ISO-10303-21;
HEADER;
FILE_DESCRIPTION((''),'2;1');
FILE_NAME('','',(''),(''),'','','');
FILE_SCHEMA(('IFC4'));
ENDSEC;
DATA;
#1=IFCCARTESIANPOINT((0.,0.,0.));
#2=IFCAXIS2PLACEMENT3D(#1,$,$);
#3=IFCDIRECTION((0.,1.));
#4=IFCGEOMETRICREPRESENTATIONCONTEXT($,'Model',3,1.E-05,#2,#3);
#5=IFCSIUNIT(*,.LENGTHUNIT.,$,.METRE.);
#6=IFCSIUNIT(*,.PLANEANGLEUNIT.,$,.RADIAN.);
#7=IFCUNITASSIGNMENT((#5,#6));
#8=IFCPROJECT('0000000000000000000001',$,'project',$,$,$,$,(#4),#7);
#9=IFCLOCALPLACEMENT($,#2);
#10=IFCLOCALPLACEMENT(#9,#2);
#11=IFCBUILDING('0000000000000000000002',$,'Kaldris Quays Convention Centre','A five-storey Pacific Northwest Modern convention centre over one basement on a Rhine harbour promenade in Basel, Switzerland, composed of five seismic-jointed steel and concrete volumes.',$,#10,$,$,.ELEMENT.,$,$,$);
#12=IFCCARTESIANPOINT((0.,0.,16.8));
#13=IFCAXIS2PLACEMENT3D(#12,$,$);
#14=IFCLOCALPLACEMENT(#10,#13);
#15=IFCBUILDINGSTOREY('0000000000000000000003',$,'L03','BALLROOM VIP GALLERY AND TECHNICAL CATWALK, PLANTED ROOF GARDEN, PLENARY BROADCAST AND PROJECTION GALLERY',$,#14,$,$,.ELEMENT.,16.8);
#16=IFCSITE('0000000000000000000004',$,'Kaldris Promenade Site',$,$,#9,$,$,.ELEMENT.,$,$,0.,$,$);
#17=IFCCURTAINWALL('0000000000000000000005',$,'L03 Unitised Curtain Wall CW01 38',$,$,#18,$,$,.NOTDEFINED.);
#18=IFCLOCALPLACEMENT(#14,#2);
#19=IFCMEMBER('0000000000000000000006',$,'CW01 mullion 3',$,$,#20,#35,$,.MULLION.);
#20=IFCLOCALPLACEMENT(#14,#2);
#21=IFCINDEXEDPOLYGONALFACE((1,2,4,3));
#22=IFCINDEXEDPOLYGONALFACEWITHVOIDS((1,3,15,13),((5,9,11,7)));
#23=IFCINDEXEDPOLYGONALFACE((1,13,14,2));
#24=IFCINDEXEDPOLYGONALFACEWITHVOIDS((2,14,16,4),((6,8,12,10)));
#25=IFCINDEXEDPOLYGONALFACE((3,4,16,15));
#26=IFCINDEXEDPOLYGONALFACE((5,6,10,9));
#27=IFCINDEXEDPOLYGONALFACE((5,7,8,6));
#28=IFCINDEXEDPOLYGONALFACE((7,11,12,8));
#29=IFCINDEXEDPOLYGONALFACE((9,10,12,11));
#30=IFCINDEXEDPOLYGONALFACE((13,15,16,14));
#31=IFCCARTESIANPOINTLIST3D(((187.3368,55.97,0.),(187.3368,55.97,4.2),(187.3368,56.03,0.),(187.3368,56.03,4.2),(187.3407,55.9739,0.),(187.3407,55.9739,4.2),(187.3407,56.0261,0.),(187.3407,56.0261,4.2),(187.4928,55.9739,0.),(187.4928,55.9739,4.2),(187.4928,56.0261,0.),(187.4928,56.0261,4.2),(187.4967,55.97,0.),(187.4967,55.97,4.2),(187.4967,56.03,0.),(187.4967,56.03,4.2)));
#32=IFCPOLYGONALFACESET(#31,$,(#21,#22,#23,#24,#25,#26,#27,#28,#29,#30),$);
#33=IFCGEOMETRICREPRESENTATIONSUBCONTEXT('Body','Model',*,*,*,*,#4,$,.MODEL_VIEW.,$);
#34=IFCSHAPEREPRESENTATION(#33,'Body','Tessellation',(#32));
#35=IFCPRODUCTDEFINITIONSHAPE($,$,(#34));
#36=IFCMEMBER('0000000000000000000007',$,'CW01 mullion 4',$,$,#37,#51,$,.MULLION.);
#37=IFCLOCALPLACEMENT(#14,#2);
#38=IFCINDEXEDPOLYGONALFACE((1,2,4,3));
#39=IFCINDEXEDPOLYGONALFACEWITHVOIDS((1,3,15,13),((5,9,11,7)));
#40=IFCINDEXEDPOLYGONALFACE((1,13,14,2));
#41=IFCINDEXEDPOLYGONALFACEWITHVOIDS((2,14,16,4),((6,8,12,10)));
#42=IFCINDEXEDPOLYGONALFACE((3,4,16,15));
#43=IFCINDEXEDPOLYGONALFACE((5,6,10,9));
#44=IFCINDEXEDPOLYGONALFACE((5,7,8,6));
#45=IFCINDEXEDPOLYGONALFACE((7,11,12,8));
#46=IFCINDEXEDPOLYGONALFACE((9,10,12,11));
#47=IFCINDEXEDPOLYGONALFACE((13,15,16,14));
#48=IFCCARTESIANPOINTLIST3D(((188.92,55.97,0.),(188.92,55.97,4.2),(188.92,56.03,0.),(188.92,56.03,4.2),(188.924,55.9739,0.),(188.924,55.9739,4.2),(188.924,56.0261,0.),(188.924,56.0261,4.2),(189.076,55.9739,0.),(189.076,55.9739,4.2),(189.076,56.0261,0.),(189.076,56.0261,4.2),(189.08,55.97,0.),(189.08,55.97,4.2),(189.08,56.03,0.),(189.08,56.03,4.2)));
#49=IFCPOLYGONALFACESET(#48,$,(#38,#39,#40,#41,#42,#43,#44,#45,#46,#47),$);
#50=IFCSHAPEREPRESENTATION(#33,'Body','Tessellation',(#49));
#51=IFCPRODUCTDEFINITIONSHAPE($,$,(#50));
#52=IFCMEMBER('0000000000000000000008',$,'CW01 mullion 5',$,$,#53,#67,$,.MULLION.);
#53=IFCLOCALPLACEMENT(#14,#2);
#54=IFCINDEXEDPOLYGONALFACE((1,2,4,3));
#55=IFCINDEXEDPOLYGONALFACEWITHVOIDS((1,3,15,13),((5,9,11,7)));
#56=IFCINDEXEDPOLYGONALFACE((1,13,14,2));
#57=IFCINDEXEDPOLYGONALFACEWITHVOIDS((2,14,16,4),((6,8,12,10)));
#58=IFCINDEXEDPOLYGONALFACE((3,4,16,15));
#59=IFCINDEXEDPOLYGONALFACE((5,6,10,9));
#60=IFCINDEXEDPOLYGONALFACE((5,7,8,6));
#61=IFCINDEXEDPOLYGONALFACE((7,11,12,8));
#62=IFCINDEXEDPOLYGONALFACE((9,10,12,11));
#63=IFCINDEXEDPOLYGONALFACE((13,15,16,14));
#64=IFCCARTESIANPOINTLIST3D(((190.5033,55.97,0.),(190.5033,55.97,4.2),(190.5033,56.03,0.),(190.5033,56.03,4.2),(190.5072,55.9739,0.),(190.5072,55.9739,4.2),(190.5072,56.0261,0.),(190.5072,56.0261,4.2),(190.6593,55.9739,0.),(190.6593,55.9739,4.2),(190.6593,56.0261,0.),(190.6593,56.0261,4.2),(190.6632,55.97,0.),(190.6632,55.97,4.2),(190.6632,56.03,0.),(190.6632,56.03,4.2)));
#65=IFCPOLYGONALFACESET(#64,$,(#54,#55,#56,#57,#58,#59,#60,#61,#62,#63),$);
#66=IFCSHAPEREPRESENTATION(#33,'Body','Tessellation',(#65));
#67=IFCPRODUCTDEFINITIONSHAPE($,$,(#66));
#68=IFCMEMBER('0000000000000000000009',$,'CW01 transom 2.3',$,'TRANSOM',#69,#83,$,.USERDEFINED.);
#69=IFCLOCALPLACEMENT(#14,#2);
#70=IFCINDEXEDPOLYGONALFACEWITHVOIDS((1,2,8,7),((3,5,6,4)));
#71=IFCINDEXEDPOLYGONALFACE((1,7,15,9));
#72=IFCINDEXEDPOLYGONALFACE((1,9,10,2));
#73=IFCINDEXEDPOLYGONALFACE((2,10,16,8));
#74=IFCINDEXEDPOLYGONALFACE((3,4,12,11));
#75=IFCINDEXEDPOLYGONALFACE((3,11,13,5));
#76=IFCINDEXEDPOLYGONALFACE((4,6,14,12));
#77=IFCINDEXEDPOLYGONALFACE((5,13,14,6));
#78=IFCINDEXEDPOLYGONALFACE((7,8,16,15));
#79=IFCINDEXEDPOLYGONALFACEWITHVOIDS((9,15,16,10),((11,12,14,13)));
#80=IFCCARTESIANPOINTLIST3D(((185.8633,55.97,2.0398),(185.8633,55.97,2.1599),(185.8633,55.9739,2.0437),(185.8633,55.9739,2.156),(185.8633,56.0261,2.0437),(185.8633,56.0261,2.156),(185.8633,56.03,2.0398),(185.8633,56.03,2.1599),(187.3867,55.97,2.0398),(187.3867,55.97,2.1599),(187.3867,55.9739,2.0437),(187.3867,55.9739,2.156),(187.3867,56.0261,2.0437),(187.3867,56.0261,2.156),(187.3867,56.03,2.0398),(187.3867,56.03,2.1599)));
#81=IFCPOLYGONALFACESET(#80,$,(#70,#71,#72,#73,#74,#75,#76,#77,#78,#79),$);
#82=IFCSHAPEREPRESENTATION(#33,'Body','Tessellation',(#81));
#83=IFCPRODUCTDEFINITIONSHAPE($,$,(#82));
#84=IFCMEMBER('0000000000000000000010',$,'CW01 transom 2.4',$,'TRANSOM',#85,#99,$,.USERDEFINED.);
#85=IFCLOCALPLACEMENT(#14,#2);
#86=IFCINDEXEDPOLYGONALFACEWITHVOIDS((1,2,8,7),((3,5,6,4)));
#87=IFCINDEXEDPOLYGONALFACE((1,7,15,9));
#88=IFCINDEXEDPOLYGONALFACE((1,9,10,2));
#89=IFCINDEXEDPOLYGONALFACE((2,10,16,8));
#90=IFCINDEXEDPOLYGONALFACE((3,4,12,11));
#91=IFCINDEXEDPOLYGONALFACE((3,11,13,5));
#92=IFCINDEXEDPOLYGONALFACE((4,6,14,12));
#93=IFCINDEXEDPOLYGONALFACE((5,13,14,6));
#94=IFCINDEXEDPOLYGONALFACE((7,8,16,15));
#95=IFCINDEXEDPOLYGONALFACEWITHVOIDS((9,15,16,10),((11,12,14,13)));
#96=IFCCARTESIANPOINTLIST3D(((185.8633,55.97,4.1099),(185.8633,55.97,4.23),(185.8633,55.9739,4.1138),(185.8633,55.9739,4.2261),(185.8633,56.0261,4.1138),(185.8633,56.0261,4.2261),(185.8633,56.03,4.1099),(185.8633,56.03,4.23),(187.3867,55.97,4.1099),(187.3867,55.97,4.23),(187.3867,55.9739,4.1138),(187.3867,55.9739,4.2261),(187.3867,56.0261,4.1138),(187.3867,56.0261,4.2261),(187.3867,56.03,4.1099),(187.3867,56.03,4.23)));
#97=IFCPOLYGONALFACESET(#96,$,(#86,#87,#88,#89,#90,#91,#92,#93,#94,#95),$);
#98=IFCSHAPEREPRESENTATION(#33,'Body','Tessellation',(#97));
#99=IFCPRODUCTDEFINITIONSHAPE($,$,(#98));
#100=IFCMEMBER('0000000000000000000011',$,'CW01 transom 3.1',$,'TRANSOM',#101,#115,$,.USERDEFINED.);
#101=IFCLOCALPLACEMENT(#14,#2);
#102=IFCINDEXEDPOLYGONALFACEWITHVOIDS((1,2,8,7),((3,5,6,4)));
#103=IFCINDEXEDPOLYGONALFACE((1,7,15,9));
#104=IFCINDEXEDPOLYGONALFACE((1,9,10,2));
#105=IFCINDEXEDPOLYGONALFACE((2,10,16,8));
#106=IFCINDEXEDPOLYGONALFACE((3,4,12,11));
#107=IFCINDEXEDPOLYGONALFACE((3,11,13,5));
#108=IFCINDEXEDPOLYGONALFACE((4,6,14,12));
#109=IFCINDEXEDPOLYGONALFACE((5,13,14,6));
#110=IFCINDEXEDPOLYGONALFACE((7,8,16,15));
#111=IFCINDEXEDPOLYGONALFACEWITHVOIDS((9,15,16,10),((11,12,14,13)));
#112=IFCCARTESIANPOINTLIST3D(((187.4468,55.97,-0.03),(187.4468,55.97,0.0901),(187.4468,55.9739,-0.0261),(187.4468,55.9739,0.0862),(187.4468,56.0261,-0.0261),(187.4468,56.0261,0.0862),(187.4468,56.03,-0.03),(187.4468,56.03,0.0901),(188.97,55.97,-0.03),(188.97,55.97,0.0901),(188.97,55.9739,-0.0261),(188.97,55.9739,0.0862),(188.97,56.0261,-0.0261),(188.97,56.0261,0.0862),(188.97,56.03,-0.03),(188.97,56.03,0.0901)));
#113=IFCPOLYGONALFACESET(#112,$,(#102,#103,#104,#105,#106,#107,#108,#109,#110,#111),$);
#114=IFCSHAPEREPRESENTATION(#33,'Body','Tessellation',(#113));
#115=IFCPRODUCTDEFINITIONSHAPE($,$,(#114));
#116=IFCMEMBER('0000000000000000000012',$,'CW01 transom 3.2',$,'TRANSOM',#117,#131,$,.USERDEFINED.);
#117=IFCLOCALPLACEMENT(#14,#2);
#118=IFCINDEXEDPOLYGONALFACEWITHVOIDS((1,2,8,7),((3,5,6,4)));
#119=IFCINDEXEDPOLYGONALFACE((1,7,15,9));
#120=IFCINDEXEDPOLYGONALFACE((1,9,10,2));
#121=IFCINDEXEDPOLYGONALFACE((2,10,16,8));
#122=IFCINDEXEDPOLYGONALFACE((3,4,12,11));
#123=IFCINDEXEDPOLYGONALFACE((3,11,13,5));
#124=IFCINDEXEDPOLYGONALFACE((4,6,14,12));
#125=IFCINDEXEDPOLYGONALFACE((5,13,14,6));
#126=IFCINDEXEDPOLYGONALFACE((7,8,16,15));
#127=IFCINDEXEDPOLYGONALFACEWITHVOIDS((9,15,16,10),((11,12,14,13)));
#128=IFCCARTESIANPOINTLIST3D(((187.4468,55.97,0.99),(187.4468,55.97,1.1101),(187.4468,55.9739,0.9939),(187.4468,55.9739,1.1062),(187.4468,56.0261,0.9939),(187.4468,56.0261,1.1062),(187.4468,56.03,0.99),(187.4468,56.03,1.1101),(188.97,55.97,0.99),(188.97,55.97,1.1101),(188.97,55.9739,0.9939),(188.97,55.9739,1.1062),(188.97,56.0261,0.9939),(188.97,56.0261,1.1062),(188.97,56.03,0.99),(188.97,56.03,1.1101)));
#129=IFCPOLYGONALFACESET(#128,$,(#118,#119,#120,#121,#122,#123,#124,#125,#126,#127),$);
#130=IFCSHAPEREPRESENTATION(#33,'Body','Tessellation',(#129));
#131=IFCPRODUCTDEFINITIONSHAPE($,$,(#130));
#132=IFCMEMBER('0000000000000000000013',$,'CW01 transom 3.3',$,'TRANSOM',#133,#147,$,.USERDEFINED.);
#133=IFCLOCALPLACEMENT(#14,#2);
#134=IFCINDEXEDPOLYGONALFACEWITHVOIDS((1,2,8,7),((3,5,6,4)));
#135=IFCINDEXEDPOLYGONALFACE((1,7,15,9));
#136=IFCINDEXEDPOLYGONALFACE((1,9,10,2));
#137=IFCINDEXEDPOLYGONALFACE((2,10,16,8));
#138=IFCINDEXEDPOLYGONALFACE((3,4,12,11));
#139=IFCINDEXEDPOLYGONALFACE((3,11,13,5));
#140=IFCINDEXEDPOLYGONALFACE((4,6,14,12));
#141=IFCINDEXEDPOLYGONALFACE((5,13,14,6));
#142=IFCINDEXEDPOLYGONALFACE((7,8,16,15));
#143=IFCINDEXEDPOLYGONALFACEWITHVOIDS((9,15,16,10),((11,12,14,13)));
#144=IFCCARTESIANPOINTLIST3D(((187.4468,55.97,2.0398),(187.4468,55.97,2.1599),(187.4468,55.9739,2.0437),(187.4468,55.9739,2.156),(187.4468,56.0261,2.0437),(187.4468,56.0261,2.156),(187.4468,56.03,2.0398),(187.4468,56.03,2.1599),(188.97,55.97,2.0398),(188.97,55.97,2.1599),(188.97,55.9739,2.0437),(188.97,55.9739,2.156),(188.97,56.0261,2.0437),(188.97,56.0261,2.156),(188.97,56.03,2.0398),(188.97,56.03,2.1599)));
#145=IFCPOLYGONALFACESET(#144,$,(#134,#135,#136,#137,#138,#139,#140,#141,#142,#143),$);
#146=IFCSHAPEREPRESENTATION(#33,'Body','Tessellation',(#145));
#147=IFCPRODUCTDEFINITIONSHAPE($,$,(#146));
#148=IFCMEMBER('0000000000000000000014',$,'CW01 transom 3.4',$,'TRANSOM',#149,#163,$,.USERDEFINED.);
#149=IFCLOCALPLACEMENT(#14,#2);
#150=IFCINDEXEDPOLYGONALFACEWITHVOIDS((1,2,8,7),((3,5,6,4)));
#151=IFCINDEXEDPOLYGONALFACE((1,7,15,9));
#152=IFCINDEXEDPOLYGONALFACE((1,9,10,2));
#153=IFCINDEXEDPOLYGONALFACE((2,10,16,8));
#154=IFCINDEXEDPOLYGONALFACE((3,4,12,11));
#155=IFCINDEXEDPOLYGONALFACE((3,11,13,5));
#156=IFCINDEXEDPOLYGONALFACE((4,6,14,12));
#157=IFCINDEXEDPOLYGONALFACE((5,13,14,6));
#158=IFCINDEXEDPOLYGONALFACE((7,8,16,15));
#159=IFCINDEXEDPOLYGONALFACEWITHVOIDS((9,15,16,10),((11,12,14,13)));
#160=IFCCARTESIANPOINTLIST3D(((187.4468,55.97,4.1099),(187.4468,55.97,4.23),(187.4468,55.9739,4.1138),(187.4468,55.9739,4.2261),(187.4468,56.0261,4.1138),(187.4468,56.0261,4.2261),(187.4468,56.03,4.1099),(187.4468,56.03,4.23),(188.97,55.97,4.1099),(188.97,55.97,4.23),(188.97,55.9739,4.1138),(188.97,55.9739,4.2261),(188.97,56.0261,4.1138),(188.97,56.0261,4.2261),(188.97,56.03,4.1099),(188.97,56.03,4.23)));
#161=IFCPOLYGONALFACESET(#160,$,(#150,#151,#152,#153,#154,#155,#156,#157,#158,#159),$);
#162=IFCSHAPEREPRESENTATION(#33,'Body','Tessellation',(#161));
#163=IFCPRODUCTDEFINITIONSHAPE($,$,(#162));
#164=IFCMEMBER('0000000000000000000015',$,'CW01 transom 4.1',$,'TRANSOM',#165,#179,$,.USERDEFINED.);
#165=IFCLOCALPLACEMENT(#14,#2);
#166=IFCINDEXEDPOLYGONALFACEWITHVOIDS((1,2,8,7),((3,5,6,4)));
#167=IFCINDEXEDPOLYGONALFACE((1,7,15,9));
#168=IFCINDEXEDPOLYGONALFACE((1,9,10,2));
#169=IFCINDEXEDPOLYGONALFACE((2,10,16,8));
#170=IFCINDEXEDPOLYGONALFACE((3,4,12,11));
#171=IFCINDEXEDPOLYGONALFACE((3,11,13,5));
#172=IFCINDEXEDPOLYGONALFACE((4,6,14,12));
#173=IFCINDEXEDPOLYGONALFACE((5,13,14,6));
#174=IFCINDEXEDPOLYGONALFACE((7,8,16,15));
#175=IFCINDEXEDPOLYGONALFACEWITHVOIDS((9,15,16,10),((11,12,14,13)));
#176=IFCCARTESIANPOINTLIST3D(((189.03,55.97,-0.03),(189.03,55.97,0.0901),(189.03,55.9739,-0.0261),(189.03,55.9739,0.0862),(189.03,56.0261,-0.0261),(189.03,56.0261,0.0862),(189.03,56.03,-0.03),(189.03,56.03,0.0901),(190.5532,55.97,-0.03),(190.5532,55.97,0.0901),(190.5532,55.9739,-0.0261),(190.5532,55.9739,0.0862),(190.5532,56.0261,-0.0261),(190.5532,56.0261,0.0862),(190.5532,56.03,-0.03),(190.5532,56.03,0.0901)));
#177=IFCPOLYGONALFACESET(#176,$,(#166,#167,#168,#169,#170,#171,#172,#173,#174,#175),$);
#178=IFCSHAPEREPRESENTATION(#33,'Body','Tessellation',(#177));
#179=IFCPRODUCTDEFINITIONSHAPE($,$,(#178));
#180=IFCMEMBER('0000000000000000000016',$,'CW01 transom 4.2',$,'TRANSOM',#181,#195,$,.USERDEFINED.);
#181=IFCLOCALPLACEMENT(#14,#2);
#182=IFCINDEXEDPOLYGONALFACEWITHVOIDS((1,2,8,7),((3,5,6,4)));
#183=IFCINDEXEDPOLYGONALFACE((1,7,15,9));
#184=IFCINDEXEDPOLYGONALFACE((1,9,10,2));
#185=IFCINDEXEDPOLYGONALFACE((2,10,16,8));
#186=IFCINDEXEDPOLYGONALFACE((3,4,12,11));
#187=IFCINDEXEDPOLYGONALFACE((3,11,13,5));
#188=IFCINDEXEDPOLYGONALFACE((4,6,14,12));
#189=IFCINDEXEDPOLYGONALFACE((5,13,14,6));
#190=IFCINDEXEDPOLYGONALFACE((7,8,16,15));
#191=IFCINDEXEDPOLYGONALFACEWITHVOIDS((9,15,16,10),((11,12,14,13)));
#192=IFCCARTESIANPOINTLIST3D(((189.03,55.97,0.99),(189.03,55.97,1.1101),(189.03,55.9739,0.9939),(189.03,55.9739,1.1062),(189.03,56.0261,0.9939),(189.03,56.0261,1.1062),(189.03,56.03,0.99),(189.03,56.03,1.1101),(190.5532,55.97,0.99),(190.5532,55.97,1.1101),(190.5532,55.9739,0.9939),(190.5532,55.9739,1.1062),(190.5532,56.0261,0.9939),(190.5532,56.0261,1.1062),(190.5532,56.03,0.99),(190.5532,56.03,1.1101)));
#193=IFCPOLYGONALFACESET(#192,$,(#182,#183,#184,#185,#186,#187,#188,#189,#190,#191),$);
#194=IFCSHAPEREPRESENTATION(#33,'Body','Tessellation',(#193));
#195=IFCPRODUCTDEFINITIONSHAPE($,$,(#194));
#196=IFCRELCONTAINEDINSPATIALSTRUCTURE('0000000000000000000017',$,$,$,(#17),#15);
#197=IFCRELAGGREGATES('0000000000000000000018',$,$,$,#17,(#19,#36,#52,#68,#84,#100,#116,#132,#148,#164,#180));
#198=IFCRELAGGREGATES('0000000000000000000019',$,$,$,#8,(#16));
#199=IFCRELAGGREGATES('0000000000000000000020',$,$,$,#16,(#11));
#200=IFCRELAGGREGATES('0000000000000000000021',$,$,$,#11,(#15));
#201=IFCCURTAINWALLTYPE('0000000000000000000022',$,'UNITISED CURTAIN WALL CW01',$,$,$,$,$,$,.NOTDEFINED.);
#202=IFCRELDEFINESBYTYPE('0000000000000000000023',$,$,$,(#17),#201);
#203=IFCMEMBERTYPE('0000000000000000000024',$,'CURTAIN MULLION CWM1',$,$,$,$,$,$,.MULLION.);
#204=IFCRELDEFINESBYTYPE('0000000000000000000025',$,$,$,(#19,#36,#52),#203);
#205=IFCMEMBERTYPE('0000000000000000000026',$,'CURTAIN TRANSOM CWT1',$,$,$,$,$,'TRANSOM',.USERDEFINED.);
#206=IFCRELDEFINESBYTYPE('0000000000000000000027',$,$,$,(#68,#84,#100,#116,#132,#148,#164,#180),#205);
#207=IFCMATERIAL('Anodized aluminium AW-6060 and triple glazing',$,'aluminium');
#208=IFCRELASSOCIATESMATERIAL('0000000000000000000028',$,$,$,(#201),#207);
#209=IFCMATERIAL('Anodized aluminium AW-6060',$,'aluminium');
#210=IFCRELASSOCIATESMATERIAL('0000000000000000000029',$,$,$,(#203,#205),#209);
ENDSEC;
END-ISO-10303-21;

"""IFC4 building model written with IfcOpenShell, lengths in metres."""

from ifc_helpers import new_model, si_unit, direction, frame, origin, origin_2d, place, context, subcontext, project, spatial, hollow_rectangle, extrude, material, material_profile, profile_set, type_object, element, aggregate, save


model = new_model("IFC4")

# Units and contexts
model_context = context("Model", 3, precision=1e-05, world=origin(), true_north=direction((0.0, 1.0)))
body_context = subcontext(model_context, "Body", "Model", "MODEL_VIEW")
ifc_project = project(units=[si_unit("LENGTHUNIT", "METRE"), si_unit("PLANEANGLEUNIT", "RADIAN")], contexts=[model_context])

# Site, building, storey
site_placement = place(None, origin())
site = spatial("IfcSite", under=ifc_project, at=site_placement, Name="Kaldris Promenade Site", CompositionType="ELEMENT", RefElevation=0.0)
building_placement = place(site_placement, origin())
building = spatial("IfcBuilding", under=site, at=building_placement, Name="Kaldris Quays Convention Centre", Description="A five-storey Pacific Northwest Modern convention centre over one basement on a Rhine harbour promenade in Basel, Switzerland, composed of five seismic-jointed steel and concrete volumes.", CompositionType="ELEMENT")
storey_placement = place(building_placement, frame((0.0, 0.0, 16.8)))
storey = spatial("IfcBuildingStorey", under=building, at=storey_placement, Name="L03", Description="BALLROOM VIP GALLERY AND TECHNICAL CATWALK, PLANTED ROOF GARDEN, PLENARY BROADCAST AND PROJECTION GALLERY", CompositionType="ELEMENT", Elevation=16.8)

# Curtain wall, members
ifc_material_1 = material(Name="Anodized aluminium AW-6060 and triple glazing", Category="aluminium")
curtain_wall_type = type_object("IfcCurtainWallType", Name="UNITISED CURTAIN WALL CW01", PredefinedType="NOTDEFINED", material=ifc_material_1)
curtain_wall_placement = place(storey_placement, origin())
curtain_wall = element("IfcCurtainWall", 1, at=curtain_wall_placement, inside=storey, type_object=curtain_wall_type, Name="L03 Unitised Curtain Wall CW01 38", PredefinedType="NOTDEFINED")
ifc_material_2 = material(Name="Anodized aluminium AW-6060", Category="aluminium")
ifc_material_profile_1 = material_profile(ifc_material_2, hollow_rectangle(XDim=0.0601, YDim=0.1599, WallThickness=0.0039, at=origin_2d()), Name="RHS 160x60x4")
ifc_profile_set_1 = profile_set([ifc_material_profile_1], Name="Anodized aluminium AW-6060")
member_type_1 = type_object("IfcMemberType", Name="CURTAIN MULLION CWM1", PredefinedType="MULLION", material=ifc_profile_set_1)
member_1_placement = place(storey_placement, frame((187.4167, 56.0, 0.0), z_axis=(0.0, 0.0, 1.0), x_axis=(0.0, 1.0, 0.0)))
member_1 = element("IfcMember", 2, at=member_1_placement, type_object=member_type_1, Name="CW01 mullion 3", PredefinedType="MULLION", context=body_context, shape_type="SweptSolid", body=[
    extrude(hollow_rectangle(XDim=0.0601, YDim=0.1599, WallThickness=0.0039, at=origin_2d()), origin(), (0.0, 0.0, 1.0), 4.2),
])
member_2_placement = place(storey_placement, frame((189.0, 56.0, 0.0), z_axis=(0.0, 0.0, 1.0), x_axis=(0.0, 1.0, 0.0)))
member_2 = element("IfcMember", 3, at=member_2_placement, type_object=member_type_1, Name="CW01 mullion 4", PredefinedType="MULLION", context=body_context, shape_type="SweptSolid", body=[
    extrude(hollow_rectangle(XDim=0.0601, YDim=0.1599, WallThickness=0.0039, at=origin_2d()), origin(), (0.0, 0.0, 1.0), 4.2),
])
member_3_placement = place(storey_placement, frame((190.5833, 56.0, 0.0), z_axis=(0.0, 0.0, 1.0), x_axis=(0.0, 1.0, 0.0)))
member_3 = element("IfcMember", 4, at=member_3_placement, type_object=member_type_1, Name="CW01 mullion 5", PredefinedType="MULLION", context=body_context, shape_type="SweptSolid", body=[
    extrude(hollow_rectangle(XDim=0.0601, YDim=0.1599, WallThickness=0.0039, at=origin_2d()), origin(), (0.0, 0.0, 1.0), 4.2),
])
ifc_material_profile_2 = material_profile(ifc_material_2, hollow_rectangle(XDim=0.0601, YDim=0.1201, WallThickness=0.0039, at=origin_2d()), Name="RHS 120x60x4")
ifc_profile_set_2 = profile_set([ifc_material_profile_2], Name="Anodized aluminium AW-6060")
member_type_2 = type_object("IfcMemberType", Name="CURTAIN TRANSOM CWT1", ElementType="TRANSOM", PredefinedType="USERDEFINED", material=ifc_profile_set_2)
member_4_placement = place(storey_placement, frame((185.8633, 56.0, 2.0999), z_axis=(1.0, 0.0, 0.0), x_axis=(0.0, 1.0, 0.0)))
member_4 = element("IfcMember", 5, at=member_4_placement, type_object=member_type_2, Name="CW01 transom 2.3", ObjectType="TRANSOM", PredefinedType="USERDEFINED", context=body_context, shape_type="SweptSolid", body=[
    extrude(hollow_rectangle(XDim=0.0601, YDim=0.1201, WallThickness=0.0039, at=origin_2d()), origin(), (0.0, 0.0, 1.0), 1.5234),
])
member_5_placement = place(storey_placement, frame((185.8633, 56.0, 4.1699), z_axis=(1.0, 0.0, 0.0), x_axis=(0.0, 1.0, 0.0)))
member_5 = element("IfcMember", 6, at=member_5_placement, type_object=member_type_2, Name="CW01 transom 2.4", ObjectType="TRANSOM", PredefinedType="USERDEFINED", context=body_context, shape_type="SweptSolid", body=[
    extrude(hollow_rectangle(XDim=0.0601, YDim=0.1201, WallThickness=0.0039, at=origin_2d()), origin(), (0.0, 0.0, 1.0), 1.5234),
])
member_6_placement = place(storey_placement, frame((187.4468, 56.0, 0.03), z_axis=(1.0, 0.0, 0.0), x_axis=(0.0, 1.0, 0.0)))
member_6 = element("IfcMember", 7, at=member_6_placement, type_object=member_type_2, Name="CW01 transom 3.1", ObjectType="TRANSOM", PredefinedType="USERDEFINED", context=body_context, shape_type="SweptSolid", body=[
    extrude(hollow_rectangle(XDim=0.0601, YDim=0.1201, WallThickness=0.0039, at=origin_2d()), origin(), (0.0, 0.0, 1.0), 1.5232),
])
member_7_placement = place(storey_placement, frame((187.4468, 56.0, 1.05), z_axis=(1.0, 0.0, 0.0), x_axis=(0.0, 1.0, 0.0)))
member_7 = element("IfcMember", 8, at=member_7_placement, type_object=member_type_2, Name="CW01 transom 3.2", ObjectType="TRANSOM", PredefinedType="USERDEFINED", context=body_context, shape_type="SweptSolid", body=[
    extrude(hollow_rectangle(XDim=0.0601, YDim=0.1201, WallThickness=0.0039, at=origin_2d()), origin(), (0.0, 0.0, 1.0), 1.5232),
])
member_8_placement = place(storey_placement, frame((187.4468, 56.0, 2.0999), z_axis=(1.0, 0.0, 0.0), x_axis=(0.0, 1.0, 0.0)))
member_8 = element("IfcMember", 9, at=member_8_placement, type_object=member_type_2, Name="CW01 transom 3.3", ObjectType="TRANSOM", PredefinedType="USERDEFINED", context=body_context, shape_type="SweptSolid", body=[
    extrude(hollow_rectangle(XDim=0.0601, YDim=0.1201, WallThickness=0.0039, at=origin_2d()), origin(), (0.0, 0.0, 1.0), 1.5232),
])
member_9_placement = place(storey_placement, frame((187.4468, 56.0, 4.1699), z_axis=(1.0, 0.0, 0.0), x_axis=(0.0, 1.0, 0.0)))
member_9 = element("IfcMember", 10, at=member_9_placement, type_object=member_type_2, Name="CW01 transom 3.4", ObjectType="TRANSOM", PredefinedType="USERDEFINED", context=body_context, shape_type="SweptSolid", body=[
    extrude(hollow_rectangle(XDim=0.0601, YDim=0.1201, WallThickness=0.0039, at=origin_2d()), origin(), (0.0, 0.0, 1.0), 1.5232),
])
member_10_placement = place(storey_placement, frame((189.03, 56.0, 0.03), z_axis=(1.0, 0.0, 0.0), x_axis=(0.0, 1.0, 0.0)))
member_10 = element("IfcMember", 11, at=member_10_placement, type_object=member_type_2, Name="CW01 transom 4.1", ObjectType="TRANSOM", PredefinedType="USERDEFINED", context=body_context, shape_type="SweptSolid", body=[
    extrude(hollow_rectangle(XDim=0.0601, YDim=0.1201, WallThickness=0.0039, at=origin_2d()), origin(), (0.0, 0.0, 1.0), 1.5232),
])
member_11_placement = place(storey_placement, frame((189.03, 56.0, 1.05), z_axis=(1.0, 0.0, 0.0), x_axis=(0.0, 1.0, 0.0)))
member_11 = element("IfcMember", 12, at=member_11_placement, type_object=member_type_2, Name="CW01 transom 4.2", ObjectType="TRANSOM", PredefinedType="USERDEFINED", context=body_context, shape_type="SweptSolid", body=[
    extrude(hollow_rectangle(XDim=0.0601, YDim=0.1201, WallThickness=0.0039, at=origin_2d()), origin(), (0.0, 0.0, 1.0), 1.5232),
])
aggregate(curtain_wall, [member_1, member_2, member_3, member_4, member_5, member_6, member_7, member_8, member_9, member_10, member_11])

save(model, "model.ifc")
